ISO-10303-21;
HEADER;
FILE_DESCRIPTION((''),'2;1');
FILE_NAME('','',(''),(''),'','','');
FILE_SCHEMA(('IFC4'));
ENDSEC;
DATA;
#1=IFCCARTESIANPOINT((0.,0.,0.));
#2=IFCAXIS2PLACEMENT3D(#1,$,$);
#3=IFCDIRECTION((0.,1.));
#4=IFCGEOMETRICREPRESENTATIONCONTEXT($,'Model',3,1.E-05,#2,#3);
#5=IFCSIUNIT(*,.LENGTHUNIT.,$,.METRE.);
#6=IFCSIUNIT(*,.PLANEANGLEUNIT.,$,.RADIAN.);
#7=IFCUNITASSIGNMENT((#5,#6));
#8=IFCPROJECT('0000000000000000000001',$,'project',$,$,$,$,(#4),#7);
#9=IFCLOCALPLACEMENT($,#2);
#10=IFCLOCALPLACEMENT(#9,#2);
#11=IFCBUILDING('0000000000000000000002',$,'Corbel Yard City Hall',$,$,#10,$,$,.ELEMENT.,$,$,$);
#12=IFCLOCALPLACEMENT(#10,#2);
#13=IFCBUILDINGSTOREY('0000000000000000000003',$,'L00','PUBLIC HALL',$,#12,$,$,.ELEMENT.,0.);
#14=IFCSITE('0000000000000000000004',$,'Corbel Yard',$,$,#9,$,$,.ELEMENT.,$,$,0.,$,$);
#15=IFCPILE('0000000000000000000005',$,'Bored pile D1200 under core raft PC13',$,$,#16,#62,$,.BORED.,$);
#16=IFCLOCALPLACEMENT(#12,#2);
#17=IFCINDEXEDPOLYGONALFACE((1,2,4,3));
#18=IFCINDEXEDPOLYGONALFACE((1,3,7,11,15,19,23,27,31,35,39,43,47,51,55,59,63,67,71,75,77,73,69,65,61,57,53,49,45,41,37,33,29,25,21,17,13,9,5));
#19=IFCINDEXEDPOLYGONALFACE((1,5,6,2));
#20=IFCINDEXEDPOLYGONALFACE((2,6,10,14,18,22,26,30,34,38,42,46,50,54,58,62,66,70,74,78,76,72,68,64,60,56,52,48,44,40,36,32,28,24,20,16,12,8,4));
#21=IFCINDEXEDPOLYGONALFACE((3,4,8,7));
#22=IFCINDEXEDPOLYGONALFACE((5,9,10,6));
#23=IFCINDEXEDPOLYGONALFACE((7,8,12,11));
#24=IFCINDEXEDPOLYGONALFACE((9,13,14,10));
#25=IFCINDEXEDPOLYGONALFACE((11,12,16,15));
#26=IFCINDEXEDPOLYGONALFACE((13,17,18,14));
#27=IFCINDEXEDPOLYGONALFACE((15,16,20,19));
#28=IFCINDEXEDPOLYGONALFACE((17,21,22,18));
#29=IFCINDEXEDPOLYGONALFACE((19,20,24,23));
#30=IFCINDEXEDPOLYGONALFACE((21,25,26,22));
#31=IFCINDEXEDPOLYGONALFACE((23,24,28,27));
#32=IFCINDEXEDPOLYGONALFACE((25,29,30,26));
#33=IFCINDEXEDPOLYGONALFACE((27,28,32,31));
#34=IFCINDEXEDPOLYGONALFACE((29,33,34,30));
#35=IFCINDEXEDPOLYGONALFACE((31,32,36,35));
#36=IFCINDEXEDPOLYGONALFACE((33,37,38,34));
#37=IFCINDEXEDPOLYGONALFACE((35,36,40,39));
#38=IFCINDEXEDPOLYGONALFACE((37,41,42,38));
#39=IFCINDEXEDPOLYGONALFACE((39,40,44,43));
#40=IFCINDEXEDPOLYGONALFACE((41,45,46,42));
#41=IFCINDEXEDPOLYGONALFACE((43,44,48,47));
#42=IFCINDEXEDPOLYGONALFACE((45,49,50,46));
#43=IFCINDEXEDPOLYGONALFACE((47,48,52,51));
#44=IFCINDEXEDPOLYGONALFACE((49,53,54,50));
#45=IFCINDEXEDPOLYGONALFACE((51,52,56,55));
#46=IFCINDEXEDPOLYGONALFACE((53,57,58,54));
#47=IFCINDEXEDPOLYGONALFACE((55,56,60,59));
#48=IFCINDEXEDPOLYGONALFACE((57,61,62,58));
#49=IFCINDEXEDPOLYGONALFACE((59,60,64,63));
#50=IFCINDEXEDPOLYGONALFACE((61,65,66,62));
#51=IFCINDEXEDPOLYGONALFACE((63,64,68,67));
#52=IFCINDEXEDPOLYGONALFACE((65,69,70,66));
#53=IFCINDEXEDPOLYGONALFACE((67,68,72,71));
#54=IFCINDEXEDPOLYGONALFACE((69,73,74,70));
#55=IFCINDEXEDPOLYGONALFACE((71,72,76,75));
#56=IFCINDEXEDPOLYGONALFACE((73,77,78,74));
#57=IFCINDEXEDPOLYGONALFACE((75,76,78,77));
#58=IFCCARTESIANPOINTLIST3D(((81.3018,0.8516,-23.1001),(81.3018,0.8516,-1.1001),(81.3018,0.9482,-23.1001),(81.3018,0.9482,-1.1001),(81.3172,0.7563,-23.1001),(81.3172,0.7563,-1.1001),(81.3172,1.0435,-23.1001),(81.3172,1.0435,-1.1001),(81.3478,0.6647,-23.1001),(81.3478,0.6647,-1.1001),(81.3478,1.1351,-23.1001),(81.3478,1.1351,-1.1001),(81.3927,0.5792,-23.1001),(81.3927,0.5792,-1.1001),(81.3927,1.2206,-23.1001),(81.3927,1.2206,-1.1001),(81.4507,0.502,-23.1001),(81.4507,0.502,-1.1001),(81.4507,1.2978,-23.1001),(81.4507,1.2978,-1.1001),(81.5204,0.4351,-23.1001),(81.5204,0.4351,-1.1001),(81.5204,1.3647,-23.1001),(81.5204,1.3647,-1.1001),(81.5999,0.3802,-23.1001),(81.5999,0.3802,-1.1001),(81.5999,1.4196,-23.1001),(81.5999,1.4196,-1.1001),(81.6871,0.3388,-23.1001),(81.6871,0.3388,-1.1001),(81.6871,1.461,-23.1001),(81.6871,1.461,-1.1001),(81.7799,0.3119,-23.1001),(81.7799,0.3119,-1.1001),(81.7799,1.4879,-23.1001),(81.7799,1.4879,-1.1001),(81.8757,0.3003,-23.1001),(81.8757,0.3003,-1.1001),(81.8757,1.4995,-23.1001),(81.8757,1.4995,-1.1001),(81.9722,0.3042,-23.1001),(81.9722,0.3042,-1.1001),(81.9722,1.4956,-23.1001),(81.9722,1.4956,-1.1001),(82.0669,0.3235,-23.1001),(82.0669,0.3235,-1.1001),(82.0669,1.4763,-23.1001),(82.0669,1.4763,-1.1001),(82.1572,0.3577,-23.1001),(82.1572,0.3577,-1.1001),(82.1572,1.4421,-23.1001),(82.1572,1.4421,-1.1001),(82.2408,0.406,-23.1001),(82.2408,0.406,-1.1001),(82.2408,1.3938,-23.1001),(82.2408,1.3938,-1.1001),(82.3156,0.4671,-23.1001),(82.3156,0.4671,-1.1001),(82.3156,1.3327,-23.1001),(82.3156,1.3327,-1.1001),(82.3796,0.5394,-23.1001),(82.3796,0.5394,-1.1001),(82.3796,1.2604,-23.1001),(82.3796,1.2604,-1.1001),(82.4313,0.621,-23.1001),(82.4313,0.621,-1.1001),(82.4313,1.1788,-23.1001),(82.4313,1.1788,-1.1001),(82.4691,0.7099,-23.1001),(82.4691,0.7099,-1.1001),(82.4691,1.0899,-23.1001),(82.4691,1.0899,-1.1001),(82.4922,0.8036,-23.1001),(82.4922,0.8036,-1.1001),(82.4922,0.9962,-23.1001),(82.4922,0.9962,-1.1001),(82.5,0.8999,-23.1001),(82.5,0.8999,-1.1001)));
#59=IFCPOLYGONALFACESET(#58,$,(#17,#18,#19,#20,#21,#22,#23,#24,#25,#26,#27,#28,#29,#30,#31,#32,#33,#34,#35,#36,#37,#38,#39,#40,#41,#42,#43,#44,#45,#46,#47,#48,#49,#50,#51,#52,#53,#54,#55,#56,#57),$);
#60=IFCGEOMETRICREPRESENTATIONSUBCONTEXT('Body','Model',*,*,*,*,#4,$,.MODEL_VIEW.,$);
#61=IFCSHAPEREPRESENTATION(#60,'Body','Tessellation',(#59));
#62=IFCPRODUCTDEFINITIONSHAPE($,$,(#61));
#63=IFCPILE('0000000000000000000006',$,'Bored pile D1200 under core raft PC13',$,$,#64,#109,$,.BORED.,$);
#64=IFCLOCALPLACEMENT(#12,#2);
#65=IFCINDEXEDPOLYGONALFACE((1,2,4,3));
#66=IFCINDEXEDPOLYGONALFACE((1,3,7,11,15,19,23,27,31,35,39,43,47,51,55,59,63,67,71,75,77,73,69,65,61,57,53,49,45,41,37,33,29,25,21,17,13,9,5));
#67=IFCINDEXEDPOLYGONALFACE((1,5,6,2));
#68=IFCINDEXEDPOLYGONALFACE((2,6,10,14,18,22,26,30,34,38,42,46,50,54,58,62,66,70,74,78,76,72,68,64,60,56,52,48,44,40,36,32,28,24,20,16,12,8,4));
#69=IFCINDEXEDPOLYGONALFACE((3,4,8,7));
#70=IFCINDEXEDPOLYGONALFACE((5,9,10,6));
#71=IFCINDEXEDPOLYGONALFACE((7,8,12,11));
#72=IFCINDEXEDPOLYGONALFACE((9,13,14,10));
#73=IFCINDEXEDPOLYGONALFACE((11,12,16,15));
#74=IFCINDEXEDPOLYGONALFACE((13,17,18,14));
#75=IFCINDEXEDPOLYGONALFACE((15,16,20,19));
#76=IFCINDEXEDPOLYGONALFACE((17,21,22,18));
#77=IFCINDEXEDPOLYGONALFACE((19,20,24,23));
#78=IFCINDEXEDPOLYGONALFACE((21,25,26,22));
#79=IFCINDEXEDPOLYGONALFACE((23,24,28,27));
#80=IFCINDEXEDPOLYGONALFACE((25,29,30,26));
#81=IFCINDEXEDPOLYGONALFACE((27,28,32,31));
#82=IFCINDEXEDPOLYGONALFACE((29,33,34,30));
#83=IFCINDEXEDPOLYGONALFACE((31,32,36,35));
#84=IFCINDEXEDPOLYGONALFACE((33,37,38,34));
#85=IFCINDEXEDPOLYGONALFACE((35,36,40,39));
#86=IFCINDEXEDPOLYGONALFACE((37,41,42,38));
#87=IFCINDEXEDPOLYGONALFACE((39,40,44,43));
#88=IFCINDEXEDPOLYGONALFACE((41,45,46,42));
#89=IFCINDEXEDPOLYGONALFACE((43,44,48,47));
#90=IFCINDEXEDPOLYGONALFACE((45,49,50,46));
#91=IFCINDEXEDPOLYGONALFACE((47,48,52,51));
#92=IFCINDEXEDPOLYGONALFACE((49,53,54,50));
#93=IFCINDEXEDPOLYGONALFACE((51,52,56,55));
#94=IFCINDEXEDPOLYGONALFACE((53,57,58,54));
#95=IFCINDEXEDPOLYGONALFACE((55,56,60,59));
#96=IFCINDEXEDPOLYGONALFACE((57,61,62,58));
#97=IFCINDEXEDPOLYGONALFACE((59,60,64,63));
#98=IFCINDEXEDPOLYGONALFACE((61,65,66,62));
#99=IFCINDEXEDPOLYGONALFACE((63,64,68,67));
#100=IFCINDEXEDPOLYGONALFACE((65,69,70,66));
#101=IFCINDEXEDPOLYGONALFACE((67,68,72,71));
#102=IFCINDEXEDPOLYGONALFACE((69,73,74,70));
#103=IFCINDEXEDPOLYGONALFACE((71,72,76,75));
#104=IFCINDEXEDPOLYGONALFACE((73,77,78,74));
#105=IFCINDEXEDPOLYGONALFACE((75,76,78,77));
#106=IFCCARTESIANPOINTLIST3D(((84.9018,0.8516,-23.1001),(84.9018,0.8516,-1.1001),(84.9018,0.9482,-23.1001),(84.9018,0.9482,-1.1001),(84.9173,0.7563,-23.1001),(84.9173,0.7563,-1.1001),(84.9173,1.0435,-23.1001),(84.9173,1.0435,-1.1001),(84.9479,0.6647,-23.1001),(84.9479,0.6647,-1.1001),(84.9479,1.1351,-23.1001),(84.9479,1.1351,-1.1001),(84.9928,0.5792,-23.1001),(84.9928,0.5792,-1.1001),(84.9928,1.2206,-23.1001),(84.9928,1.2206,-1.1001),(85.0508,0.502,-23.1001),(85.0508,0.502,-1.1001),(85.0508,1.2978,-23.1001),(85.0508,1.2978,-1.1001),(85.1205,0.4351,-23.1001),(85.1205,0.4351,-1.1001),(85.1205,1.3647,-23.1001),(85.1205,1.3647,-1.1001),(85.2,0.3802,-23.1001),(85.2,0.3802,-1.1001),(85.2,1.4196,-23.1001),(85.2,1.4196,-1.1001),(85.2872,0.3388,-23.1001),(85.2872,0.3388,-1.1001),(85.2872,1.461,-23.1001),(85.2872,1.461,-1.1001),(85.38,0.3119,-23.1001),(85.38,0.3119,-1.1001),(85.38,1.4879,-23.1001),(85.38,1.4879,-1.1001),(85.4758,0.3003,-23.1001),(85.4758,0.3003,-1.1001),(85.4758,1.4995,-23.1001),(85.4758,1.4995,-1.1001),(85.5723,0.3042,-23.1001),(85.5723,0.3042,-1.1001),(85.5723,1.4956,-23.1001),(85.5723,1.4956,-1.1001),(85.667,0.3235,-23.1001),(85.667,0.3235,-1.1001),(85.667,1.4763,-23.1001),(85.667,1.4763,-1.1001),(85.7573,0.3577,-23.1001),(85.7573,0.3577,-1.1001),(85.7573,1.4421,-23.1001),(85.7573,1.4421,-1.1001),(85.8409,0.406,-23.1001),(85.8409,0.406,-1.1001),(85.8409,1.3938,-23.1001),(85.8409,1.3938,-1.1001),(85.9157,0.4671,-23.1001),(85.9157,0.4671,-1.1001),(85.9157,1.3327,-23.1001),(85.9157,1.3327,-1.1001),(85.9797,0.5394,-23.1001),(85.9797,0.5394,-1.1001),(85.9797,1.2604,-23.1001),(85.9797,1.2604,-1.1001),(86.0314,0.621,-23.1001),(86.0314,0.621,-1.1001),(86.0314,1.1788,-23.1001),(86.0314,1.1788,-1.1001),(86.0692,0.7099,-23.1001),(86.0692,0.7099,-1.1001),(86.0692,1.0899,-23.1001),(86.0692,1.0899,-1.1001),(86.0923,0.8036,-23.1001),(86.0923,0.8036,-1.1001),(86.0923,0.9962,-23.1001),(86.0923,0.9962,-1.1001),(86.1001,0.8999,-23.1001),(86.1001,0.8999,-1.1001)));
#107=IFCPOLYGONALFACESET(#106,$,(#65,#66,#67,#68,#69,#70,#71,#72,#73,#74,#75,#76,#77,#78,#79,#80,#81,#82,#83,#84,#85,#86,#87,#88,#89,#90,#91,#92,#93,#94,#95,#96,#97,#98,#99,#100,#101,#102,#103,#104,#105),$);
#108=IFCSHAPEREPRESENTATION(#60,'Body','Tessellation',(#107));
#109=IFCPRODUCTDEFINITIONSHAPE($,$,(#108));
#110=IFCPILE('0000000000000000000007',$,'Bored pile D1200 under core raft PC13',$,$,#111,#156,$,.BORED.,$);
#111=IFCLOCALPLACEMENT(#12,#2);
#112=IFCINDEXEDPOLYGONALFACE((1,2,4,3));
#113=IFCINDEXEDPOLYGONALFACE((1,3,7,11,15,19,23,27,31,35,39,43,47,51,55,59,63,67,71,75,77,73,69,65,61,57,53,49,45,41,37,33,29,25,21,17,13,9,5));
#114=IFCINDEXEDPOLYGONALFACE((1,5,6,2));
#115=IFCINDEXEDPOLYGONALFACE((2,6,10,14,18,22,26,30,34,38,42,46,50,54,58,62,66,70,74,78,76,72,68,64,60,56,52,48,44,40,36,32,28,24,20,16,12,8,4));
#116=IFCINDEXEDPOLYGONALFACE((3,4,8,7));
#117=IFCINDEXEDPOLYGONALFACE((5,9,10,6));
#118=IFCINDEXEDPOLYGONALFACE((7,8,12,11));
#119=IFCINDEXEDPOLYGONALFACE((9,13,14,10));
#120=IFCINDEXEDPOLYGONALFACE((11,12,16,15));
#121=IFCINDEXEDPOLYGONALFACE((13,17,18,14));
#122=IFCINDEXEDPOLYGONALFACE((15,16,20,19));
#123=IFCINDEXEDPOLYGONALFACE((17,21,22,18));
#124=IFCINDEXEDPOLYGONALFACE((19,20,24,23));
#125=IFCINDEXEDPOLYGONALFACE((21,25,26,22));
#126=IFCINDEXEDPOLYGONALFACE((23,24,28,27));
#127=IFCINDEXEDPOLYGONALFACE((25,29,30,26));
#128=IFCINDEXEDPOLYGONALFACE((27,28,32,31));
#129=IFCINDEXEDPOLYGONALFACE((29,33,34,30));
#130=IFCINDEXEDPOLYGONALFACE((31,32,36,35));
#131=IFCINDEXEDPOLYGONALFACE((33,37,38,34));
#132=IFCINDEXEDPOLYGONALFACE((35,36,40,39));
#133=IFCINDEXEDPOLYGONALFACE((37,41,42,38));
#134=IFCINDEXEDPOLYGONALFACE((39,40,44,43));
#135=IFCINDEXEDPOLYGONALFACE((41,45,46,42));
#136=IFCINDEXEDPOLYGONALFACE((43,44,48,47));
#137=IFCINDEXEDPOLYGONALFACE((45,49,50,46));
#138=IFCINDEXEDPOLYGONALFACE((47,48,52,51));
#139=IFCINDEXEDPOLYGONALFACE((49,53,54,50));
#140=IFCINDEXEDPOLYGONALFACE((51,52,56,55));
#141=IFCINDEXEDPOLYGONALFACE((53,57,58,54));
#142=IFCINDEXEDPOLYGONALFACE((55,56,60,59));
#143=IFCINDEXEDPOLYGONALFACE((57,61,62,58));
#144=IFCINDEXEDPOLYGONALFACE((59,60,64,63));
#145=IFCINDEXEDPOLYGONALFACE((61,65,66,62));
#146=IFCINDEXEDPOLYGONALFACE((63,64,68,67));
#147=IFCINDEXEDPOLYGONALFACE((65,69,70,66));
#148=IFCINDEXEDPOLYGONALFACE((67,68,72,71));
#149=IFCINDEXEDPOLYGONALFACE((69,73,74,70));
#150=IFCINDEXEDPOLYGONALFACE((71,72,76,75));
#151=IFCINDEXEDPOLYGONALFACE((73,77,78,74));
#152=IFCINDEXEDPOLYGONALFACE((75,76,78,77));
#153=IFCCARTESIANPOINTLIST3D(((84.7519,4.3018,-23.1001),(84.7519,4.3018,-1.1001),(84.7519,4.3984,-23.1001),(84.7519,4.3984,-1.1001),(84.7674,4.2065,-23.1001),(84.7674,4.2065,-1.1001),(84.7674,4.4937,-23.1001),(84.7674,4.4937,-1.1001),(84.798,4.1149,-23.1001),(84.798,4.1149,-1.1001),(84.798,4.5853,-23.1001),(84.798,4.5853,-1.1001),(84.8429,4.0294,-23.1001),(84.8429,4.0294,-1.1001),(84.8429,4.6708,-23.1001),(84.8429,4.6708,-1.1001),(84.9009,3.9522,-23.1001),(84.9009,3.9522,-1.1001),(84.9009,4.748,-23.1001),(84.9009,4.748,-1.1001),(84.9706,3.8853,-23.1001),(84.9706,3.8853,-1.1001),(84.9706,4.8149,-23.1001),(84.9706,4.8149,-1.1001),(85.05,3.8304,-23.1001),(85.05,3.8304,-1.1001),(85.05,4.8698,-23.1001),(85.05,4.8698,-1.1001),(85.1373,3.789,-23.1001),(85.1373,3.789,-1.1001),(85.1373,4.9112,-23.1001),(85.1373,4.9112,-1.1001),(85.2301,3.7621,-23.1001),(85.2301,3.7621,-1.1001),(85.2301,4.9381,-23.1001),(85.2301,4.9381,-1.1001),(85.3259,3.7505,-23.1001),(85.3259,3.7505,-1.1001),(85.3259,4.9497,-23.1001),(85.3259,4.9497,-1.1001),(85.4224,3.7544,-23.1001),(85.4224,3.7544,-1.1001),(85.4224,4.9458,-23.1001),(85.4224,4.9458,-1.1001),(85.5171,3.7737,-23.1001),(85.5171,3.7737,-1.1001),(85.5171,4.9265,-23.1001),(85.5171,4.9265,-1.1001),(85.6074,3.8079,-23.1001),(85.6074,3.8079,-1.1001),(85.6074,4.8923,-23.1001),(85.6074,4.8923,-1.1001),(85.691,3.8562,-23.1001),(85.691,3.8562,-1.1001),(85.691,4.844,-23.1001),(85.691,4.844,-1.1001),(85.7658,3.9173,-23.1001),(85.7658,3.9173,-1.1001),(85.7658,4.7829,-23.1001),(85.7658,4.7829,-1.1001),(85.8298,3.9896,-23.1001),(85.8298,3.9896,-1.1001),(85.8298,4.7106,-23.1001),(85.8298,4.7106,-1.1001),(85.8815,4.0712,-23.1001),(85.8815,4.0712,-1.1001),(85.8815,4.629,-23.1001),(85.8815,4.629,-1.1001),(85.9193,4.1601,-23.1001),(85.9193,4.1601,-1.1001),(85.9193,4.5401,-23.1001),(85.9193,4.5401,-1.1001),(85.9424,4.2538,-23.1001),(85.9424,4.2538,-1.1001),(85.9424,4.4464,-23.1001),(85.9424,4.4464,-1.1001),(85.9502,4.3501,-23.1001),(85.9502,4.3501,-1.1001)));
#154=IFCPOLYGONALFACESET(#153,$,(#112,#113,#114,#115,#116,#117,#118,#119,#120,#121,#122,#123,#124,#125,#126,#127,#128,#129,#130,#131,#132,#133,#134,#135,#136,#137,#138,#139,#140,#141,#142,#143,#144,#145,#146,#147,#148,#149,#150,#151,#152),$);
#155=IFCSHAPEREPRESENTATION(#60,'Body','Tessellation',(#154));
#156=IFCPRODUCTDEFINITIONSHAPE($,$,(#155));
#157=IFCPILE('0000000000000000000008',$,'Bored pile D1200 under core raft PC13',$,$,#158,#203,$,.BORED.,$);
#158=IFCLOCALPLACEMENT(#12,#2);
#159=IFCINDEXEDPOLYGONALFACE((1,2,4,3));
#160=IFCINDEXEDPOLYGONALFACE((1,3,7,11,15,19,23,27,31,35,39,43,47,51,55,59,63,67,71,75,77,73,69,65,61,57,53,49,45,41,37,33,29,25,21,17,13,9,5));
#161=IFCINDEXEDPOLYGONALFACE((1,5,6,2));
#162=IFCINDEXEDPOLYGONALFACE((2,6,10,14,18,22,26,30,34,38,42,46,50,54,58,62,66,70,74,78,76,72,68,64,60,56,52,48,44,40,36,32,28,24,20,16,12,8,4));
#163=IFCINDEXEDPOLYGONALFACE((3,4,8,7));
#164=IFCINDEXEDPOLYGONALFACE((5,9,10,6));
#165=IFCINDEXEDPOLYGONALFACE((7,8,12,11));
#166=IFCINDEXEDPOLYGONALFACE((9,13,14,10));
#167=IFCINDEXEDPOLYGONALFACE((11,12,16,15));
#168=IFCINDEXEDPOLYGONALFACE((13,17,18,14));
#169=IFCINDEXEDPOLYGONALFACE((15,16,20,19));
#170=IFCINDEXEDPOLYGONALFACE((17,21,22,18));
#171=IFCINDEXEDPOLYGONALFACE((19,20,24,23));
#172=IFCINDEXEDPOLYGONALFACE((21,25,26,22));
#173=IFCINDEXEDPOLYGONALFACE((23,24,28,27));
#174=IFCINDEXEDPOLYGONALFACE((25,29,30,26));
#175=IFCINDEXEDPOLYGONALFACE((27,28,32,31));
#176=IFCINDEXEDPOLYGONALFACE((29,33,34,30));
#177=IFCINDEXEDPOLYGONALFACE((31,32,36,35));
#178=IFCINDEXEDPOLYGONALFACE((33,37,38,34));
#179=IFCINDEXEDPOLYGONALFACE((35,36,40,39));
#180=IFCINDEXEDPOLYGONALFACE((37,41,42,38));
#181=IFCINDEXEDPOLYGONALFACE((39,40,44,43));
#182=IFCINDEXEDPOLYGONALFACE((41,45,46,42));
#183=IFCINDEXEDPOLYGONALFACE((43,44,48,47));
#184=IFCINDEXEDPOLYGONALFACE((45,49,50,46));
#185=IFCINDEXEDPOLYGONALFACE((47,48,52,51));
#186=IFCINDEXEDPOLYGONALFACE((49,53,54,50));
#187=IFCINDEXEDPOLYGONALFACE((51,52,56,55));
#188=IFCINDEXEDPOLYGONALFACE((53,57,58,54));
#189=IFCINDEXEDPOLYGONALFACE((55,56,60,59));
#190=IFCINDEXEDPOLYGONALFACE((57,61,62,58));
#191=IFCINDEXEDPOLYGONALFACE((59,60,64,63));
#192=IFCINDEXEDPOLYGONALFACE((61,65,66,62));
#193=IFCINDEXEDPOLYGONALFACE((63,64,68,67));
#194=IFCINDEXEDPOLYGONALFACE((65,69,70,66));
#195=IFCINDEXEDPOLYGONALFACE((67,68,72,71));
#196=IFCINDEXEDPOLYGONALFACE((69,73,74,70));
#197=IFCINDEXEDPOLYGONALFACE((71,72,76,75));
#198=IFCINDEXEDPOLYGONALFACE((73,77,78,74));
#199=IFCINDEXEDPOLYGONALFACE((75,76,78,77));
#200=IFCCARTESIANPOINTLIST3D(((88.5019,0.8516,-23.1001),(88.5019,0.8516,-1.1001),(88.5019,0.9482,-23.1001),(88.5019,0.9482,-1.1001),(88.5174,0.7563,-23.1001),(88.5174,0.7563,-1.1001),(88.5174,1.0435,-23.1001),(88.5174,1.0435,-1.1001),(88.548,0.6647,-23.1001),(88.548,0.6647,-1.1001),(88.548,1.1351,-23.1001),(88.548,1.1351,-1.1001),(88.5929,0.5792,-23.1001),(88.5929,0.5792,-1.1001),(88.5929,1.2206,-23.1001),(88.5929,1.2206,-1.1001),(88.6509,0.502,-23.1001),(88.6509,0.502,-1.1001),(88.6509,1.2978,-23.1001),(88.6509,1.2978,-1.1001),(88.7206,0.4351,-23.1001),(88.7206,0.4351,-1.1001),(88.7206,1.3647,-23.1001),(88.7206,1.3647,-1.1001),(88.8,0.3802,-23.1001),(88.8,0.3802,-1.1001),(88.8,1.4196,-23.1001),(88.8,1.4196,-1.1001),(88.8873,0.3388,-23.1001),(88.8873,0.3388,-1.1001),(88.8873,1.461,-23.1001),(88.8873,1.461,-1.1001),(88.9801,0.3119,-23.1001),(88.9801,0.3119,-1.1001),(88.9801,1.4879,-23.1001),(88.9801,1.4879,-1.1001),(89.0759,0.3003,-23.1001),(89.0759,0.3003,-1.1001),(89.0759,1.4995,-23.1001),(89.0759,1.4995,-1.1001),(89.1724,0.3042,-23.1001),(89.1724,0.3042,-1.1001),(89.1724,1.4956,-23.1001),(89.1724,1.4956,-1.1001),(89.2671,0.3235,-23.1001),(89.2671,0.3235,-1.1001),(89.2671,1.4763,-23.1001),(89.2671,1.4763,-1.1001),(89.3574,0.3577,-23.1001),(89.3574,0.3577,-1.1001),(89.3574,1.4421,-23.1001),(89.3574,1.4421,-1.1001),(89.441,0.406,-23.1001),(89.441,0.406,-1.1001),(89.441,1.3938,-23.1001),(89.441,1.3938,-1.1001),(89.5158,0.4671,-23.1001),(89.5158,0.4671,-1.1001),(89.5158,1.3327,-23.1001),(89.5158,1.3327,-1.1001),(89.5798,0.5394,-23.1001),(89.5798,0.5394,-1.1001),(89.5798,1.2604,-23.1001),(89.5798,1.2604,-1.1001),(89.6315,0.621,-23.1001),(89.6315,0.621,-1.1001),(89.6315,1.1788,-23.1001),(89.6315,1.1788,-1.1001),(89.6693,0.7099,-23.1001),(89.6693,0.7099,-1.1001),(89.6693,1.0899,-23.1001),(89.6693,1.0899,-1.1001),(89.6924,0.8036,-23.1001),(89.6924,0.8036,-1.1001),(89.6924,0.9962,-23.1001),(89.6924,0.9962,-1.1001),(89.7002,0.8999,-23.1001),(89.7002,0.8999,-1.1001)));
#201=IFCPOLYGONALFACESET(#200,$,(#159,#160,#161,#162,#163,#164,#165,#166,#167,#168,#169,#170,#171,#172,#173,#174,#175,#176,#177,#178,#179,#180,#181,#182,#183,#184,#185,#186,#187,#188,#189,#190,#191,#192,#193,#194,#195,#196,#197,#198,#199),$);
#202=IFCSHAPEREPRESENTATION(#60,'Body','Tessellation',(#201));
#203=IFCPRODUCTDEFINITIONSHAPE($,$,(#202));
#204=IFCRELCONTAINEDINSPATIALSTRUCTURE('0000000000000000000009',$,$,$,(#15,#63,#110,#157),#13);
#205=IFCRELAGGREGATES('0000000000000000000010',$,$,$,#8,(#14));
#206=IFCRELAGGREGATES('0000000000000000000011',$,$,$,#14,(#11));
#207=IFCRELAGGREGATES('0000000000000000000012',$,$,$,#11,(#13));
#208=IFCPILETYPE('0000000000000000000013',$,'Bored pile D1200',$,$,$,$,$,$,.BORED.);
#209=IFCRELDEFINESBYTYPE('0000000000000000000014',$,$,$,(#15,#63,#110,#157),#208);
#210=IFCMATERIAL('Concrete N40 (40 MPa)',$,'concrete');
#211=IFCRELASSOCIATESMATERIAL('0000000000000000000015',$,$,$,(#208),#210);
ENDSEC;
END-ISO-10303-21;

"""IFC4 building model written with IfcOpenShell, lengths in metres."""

from ifc_helpers import new_model, si_unit, direction, frame, origin, origin_2d, place, context, subcontext, project, spatial, circle, extrude, material, material_profile, profile_set, type_object, element, save


model = new_model("IFC4")

# Units and contexts
model_context = context("Model", 3, precision=1e-05, world=origin(), true_north=direction((0.0, 1.0)))
body_context = subcontext(model_context, "Body", "Model", "MODEL_VIEW")
ifc_project = project(units=[si_unit("LENGTHUNIT", "METRE"), si_unit("PLANEANGLEUNIT", "RADIAN")], contexts=[model_context])

# Site, building, storey
site_placement = place(None, origin())
site = spatial("IfcSite", under=ifc_project, at=site_placement, Name="Corbel Yard", CompositionType="ELEMENT", RefElevation=0.0)
building_placement = place(site_placement, origin())
building = spatial("IfcBuilding", under=site, at=building_placement, Name="Corbel Yard City Hall", CompositionType="ELEMENT")
storey_placement = place(building_placement, origin())
storey = spatial("IfcBuildingStorey", under=building, at=storey_placement, Name="L00", Description="PUBLIC HALL", CompositionType="ELEMENT", Elevation=0.0)

# Piles
ifc_material_1 = material(Name="Concrete N40 (40 MPa)", Category="concrete")
ifc_material_profile_1 = material_profile(ifc_material_1, circle(Radius=0.6001, at=origin_2d()), Name="D1200")
ifc_profile_set_1 = profile_set([ifc_material_profile_1], Name="Concrete N40 (40 MPa)")
pile_type_1 = type_object("IfcPileType", Name="Bored pile D1200", PredefinedType="BORED", material=ifc_profile_set_1)
for number, where, z_axis, x_axis, name in (
    (1, (81.8999, 0.8999, -1.1001), (0.0, 0.0, -1.0), (1.0, 0.0, 0.0), "Bored pile D1200 under core raft PC13"),
    (2, (85.5, 0.8999, -1.1001), (0.0, 0.0, -1.0), (1.0, 0.0, 0.0), "Bored pile D1200 under core raft PC13"),
    (3, (85.3501, 4.3501, -1.1001), (0.0, 0.0, -1.0), (1.0, 0.0, 0.0), "Bored pile D1200 under core raft PC13"),
    (4, (89.1001, 0.8999, -1.1001), (0.0, 0.0, -1.0), (1.0, 0.0, 0.0), "Bored pile D1200 under core raft PC13"),
):
    element("IfcPile", number, at=place(storey_placement, frame(where, z_axis=z_axis, x_axis=x_axis)), inside=storey, type_object=pile_type_1, Name=name, PredefinedType="BORED", context=body_context, shape_type="SweptSolid", body=[
        extrude(circle(Radius=0.6001, at=origin_2d()), origin(), (0.0, 0.0, 1.0), 22.0),
    ])

save(model, "model.ifc")
